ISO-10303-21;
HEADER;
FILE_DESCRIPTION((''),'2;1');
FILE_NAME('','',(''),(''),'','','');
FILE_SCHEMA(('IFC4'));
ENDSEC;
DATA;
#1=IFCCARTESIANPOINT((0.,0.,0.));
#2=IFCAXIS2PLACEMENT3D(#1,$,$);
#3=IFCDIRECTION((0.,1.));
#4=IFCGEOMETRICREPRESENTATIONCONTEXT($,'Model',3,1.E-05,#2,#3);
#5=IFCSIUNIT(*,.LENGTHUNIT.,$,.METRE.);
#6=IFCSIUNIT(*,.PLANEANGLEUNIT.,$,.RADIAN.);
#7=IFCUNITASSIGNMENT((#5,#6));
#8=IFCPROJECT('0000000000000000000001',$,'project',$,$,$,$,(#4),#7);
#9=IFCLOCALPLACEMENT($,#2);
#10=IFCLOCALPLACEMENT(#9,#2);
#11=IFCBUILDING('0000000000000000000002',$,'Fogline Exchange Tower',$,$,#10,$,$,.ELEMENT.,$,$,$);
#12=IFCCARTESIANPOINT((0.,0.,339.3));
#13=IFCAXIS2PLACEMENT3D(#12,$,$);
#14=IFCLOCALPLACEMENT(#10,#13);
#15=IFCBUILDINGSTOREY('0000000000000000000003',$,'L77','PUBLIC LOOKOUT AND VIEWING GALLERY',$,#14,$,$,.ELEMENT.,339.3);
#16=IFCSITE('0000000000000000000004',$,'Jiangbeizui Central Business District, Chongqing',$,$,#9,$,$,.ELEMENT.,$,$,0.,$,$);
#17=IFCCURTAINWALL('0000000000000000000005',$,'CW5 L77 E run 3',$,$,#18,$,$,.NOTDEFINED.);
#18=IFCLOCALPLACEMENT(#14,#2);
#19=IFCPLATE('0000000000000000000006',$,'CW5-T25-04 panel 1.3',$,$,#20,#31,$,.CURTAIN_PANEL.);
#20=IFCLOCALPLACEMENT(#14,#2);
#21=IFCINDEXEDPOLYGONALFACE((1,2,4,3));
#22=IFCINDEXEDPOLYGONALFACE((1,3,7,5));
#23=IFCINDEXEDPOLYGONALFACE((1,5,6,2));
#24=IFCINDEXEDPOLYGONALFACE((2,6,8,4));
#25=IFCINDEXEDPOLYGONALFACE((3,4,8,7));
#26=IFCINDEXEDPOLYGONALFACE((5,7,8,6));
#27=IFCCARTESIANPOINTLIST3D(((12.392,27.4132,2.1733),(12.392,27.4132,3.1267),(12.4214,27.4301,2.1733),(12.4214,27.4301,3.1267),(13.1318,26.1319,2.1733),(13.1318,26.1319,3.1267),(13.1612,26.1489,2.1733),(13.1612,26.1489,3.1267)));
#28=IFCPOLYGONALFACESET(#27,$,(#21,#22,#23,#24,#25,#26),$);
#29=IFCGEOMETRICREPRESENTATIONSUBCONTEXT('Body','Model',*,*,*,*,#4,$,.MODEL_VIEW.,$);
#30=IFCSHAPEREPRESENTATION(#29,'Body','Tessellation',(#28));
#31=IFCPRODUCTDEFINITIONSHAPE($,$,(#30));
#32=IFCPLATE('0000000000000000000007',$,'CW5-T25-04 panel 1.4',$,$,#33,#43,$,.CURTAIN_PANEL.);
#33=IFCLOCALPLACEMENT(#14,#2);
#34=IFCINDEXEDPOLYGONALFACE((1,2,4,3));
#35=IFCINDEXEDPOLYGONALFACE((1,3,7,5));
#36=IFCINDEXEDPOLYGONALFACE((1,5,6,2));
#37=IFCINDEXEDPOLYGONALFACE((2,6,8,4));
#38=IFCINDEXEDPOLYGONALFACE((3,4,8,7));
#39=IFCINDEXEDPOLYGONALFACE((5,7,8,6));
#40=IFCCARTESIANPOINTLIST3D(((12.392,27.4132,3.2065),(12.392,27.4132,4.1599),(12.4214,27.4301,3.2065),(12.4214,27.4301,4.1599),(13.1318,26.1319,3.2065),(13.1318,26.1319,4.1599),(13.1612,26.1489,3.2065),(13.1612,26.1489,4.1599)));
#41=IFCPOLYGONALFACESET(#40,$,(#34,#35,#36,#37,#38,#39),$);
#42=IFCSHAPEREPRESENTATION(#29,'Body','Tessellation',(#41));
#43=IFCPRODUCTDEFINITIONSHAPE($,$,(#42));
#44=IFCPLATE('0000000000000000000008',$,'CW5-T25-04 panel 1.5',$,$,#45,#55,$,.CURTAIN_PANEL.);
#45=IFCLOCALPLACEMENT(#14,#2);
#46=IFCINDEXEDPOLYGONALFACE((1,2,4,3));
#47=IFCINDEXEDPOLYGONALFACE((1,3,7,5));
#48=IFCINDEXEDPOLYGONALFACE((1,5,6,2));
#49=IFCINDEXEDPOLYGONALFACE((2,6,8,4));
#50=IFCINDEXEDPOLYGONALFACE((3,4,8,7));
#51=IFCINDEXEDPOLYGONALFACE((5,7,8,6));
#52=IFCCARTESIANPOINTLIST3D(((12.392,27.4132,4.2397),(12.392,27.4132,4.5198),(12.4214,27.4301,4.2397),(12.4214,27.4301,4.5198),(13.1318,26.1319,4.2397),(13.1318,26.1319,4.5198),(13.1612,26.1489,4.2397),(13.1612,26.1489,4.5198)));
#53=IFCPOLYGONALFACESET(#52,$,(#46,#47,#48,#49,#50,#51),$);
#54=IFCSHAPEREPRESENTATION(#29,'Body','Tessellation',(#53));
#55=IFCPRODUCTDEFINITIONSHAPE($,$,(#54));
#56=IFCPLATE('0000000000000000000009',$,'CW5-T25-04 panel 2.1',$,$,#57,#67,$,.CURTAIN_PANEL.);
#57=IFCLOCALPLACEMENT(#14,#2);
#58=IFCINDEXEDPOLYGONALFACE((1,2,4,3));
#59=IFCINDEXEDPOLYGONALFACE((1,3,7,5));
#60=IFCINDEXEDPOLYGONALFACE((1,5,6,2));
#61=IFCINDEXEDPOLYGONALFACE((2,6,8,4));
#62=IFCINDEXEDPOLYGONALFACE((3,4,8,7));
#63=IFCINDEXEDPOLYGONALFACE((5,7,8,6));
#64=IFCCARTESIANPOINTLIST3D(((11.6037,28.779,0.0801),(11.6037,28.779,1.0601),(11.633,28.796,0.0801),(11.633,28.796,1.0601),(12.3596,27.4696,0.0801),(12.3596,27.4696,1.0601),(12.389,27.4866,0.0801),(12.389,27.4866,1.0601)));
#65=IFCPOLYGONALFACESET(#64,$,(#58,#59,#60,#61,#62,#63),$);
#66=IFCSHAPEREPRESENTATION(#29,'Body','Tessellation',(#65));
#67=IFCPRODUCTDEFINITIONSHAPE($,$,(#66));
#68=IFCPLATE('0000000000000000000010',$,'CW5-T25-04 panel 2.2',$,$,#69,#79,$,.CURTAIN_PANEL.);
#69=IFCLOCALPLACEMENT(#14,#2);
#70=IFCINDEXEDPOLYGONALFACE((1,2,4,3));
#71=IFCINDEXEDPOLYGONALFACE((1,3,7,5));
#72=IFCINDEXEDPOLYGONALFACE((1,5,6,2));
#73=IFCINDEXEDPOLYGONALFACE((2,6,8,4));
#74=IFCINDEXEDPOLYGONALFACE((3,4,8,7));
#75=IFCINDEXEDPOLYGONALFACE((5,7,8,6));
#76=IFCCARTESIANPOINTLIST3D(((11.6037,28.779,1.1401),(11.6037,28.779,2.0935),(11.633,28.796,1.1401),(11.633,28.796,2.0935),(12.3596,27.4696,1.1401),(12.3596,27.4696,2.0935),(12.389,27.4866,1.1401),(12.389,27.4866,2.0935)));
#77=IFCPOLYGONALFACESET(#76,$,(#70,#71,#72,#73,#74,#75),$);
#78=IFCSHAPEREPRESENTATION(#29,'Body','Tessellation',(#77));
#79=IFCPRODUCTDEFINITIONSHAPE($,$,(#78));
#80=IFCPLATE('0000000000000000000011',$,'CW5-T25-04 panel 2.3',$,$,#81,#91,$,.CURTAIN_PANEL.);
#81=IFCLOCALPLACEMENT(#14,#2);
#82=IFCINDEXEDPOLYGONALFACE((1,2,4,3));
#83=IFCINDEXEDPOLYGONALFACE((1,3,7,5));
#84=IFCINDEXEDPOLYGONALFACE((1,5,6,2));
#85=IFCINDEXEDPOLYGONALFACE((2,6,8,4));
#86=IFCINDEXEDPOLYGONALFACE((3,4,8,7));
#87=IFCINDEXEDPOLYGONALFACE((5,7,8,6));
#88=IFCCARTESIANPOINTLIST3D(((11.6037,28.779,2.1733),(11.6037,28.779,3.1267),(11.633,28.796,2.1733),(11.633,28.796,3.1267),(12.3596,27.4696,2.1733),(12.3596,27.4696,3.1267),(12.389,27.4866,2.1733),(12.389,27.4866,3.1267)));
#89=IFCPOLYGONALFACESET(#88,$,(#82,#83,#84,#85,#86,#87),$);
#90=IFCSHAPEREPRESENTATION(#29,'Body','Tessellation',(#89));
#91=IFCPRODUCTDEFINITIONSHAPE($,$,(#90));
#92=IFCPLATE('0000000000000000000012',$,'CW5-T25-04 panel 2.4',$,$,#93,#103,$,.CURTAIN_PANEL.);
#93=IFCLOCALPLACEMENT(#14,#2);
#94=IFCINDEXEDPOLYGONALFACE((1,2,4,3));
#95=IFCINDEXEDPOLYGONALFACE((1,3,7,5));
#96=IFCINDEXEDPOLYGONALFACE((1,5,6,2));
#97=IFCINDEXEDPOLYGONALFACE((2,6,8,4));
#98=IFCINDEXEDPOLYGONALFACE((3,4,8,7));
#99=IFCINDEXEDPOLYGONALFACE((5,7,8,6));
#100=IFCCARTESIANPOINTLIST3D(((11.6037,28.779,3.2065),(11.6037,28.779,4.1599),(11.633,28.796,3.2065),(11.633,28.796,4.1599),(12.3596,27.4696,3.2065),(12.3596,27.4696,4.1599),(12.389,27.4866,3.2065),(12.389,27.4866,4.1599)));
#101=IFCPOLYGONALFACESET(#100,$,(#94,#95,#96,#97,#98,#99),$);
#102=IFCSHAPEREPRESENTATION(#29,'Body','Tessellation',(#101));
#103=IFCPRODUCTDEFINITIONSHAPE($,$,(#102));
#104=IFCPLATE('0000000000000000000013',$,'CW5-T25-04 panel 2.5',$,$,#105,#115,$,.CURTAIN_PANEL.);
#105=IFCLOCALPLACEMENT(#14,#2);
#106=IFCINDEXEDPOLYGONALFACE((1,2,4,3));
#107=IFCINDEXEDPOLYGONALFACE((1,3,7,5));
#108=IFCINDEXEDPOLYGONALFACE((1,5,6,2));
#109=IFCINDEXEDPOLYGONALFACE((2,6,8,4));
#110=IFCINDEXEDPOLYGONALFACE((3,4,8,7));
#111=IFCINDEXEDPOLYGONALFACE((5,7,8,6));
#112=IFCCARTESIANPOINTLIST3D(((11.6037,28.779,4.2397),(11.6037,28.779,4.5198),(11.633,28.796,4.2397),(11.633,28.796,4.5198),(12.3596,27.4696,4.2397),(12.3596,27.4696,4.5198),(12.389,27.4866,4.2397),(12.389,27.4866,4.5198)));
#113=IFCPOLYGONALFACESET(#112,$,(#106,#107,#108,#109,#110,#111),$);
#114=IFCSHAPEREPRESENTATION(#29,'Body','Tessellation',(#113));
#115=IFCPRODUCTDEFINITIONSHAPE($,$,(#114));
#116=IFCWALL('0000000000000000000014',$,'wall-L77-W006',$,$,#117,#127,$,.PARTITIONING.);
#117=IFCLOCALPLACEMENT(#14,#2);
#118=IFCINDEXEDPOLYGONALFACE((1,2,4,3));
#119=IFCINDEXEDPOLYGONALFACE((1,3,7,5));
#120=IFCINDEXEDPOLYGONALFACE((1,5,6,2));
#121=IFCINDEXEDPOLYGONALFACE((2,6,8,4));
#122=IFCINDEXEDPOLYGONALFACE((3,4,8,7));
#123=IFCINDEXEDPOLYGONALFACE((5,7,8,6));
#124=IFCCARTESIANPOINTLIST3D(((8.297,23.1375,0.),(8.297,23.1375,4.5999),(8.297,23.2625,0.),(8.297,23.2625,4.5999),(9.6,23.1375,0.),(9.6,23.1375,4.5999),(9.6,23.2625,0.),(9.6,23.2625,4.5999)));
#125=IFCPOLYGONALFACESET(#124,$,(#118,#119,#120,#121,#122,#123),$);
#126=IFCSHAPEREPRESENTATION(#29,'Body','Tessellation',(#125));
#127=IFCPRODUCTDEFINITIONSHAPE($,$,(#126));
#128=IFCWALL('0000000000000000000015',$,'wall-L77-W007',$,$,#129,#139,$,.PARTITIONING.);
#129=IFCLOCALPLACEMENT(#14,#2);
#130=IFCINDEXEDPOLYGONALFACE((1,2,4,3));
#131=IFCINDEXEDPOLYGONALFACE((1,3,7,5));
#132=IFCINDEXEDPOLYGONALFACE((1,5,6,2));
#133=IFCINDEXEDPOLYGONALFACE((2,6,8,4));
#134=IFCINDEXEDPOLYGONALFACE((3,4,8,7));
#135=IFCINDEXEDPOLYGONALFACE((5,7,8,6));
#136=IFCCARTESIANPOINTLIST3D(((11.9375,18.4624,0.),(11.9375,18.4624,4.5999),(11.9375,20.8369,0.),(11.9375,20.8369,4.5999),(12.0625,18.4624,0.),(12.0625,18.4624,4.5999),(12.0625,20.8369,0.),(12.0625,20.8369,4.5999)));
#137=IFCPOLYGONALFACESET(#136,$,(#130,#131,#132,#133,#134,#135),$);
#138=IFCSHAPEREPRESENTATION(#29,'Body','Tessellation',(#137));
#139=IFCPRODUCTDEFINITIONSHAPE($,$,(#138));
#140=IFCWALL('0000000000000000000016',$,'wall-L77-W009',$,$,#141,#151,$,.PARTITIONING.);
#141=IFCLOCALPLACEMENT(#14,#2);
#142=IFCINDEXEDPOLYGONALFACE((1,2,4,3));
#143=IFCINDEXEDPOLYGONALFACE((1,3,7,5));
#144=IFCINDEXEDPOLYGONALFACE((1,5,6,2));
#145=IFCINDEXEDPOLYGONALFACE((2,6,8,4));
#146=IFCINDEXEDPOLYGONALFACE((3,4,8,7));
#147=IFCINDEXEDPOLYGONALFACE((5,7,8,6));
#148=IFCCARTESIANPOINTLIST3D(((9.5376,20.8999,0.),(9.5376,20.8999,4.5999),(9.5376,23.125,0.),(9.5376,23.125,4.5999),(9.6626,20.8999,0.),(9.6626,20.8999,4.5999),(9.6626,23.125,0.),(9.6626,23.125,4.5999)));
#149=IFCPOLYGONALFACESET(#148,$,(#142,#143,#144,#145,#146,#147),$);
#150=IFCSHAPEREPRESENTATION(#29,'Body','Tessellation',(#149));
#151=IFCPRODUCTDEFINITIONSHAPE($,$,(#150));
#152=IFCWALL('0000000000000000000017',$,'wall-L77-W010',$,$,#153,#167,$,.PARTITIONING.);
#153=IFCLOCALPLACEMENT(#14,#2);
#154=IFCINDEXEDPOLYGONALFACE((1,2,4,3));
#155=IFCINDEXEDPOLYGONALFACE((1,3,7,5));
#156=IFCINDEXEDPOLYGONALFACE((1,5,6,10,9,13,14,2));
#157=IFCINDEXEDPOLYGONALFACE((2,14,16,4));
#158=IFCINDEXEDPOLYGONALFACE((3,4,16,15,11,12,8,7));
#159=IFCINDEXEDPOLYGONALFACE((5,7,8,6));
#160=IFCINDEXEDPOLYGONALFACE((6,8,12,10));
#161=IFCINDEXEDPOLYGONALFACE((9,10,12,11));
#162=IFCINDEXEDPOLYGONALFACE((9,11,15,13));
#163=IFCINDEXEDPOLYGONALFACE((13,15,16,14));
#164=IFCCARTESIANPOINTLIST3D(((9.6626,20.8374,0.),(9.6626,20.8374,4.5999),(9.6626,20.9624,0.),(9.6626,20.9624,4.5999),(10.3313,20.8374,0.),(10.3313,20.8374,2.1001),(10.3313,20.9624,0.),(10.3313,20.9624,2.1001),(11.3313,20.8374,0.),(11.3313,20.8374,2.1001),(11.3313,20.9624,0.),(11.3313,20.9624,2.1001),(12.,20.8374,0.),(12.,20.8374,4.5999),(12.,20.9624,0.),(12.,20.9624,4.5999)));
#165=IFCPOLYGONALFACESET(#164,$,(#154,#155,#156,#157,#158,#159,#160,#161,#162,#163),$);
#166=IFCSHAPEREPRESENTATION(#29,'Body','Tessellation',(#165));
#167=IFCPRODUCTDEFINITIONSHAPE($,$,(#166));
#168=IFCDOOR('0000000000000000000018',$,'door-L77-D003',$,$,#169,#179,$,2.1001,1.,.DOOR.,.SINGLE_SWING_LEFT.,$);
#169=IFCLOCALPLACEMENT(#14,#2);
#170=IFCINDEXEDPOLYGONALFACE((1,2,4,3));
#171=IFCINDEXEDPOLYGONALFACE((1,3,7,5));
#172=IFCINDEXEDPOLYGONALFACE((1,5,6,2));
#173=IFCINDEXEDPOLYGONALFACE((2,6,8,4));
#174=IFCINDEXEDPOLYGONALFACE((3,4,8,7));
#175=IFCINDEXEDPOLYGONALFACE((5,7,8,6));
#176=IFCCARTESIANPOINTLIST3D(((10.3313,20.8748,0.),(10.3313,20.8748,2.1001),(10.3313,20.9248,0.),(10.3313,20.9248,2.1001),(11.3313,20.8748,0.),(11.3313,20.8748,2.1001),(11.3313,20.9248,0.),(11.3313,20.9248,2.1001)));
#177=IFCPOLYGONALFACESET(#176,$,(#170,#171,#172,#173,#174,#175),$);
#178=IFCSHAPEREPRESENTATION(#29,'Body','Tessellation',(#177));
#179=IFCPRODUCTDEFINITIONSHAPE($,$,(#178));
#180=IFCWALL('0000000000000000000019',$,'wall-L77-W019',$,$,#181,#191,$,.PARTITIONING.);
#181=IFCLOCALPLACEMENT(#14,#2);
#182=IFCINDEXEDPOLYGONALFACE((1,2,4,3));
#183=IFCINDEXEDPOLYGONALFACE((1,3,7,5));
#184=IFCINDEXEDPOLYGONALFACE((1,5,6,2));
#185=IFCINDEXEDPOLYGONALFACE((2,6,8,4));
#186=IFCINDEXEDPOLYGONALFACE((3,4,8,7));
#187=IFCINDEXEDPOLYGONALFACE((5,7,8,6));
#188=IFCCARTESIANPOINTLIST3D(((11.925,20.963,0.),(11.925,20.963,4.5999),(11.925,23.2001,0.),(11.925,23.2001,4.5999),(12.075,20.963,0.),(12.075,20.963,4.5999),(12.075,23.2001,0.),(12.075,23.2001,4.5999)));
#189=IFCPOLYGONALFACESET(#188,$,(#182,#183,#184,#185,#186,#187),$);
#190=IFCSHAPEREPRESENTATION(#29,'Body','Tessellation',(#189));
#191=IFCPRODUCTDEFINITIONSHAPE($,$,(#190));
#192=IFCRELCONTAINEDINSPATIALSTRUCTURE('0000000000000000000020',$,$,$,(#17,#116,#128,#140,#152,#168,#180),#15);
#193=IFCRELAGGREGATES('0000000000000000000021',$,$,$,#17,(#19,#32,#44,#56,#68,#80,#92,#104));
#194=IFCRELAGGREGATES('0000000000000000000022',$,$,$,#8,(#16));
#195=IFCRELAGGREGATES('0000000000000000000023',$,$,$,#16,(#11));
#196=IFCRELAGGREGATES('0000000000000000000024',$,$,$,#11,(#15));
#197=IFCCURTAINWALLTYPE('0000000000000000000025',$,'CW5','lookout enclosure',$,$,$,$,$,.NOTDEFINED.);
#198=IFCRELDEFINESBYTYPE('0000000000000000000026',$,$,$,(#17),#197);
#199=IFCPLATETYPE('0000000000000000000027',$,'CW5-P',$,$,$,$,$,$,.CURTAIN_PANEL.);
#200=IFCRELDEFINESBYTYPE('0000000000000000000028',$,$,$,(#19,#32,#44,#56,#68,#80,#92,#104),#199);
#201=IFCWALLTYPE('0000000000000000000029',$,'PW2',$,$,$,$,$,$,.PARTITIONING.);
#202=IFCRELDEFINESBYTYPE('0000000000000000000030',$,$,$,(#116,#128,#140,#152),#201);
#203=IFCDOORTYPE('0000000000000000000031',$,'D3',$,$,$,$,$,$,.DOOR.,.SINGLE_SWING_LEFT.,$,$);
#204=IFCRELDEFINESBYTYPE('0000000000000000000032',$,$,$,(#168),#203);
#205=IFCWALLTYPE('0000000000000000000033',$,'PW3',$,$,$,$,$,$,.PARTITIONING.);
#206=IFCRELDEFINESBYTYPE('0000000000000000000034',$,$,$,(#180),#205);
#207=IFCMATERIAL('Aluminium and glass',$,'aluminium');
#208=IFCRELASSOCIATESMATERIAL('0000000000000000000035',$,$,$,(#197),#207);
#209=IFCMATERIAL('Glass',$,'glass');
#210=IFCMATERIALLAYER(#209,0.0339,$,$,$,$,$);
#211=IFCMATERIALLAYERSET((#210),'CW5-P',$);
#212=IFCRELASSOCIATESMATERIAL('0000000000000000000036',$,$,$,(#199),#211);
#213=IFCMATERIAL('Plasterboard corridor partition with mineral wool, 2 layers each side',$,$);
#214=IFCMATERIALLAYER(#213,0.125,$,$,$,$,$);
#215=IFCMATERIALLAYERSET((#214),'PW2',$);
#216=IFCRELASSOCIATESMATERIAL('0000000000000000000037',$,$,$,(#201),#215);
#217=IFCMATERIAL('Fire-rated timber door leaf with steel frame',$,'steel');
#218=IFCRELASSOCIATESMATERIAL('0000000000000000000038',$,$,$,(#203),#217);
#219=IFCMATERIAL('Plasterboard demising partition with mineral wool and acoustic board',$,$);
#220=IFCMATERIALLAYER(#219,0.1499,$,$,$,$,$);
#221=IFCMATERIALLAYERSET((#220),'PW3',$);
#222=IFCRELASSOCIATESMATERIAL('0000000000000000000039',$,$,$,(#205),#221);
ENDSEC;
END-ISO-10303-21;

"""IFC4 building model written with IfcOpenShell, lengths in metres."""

from ifc_helpers import new_model, si_unit, direction, frame, frame_2d, origin, origin_2d, place, context, subcontext, project, spatial, rectangle, extrude, material, layer, layer_set, type_object, element, fill, aggregate, save


model = new_model("IFC4")

# Units and contexts
model_context = context("Model", 3, precision=1e-05, world=origin(), true_north=direction((0.0, 1.0)))
body_context = subcontext(model_context, "Body", "Model", "MODEL_VIEW")
ifc_project = project(units=[si_unit("LENGTHUNIT", "METRE"), si_unit("PLANEANGLEUNIT", "RADIAN")], contexts=[model_context])

# Site, building, storey
site_placement = place(None, origin())
site = spatial("IfcSite", under=ifc_project, at=site_placement, Name="Jiangbeizui Central Business District, Chongqing", CompositionType="ELEMENT", RefElevation=0.0)
building_placement = place(site_placement, origin())
building = spatial("IfcBuilding", under=site, at=building_placement, Name="Fogline Exchange Tower", CompositionType="ELEMENT")
storey_placement = place(building_placement, frame((0.0, 0.0, 339.3)))
storey = spatial("IfcBuildingStorey", under=building, at=storey_placement, Name="L77", Description="PUBLIC LOOKOUT AND VIEWING GALLERY", CompositionType="ELEMENT", Elevation=339.3)

# Curtain wall, plates
ifc_material_1 = material(Name="Aluminium and glass", Category="aluminium")
curtain_wall_type = type_object("IfcCurtainWallType", Name="CW5", Description="lookout enclosure", PredefinedType="NOTDEFINED", material=ifc_material_1)
curtain_wall_placement = place(storey_placement, origin())
curtain_wall = element("IfcCurtainWall", 1, at=curtain_wall_placement, inside=storey, type_object=curtain_wall_type, Name="CW5 L77 E run 3", PredefinedType="NOTDEFINED")
ifc_material_2 = material(Name="Glass", Category="glass")
ifc_layer_1 = layer(ifc_material_2, 0.0339)
ifc_layer_set_1 = layer_set([ifc_layer_1], Name="CW5-P")
plate_type = type_object("IfcPlateType", Name="CW5-P", PredefinedType="CURTAIN_PANEL", material=ifc_layer_set_1)
plate_1_placement = place(storey_placement, frame((12.7766, 26.781, 2.1733), z_axis=(0.0, 0.0, 1.0), x_axis=(-0.5, 0.866025, 0.0)))
plate_1 = element("IfcPlate", 2, at=plate_1_placement, type_object=plate_type, Name="CW5-T25-04 panel 1.3", PredefinedType="CURTAIN_PANEL", context=body_context, shape_type="SweptSolid", body=[
    extrude(rectangle(XDim=1.4795, YDim=0.0339, at=origin_2d()), origin(), (0.0, 0.0, 1.0), 0.9534),
])
plate_2_placement = place(storey_placement, frame((12.7766, 26.781, 3.2065), z_axis=(0.0, 0.0, 1.0), x_axis=(-0.5, 0.866025, 0.0)))
plate_2 = element("IfcPlate", 3, at=plate_2_placement, type_object=plate_type, Name="CW5-T25-04 panel 1.4", PredefinedType="CURTAIN_PANEL", context=body_context, shape_type="SweptSolid", body=[
    extrude(rectangle(XDim=1.4795, YDim=0.0339, at=origin_2d()), origin(), (0.0, 0.0, 1.0), 0.9534),
])
plate_3_placement = place(storey_placement, frame((12.7766, 26.781, 4.2397), z_axis=(0.0, 0.0, 1.0), x_axis=(-0.5, 0.866025, 0.0)))
plate_3 = element("IfcPlate", 4, at=plate_3_placement, type_object=plate_type, Name="CW5-T25-04 panel 1.5", PredefinedType="CURTAIN_PANEL", context=body_context, shape_type="SweptSolid", body=[
    extrude(rectangle(XDim=1.4795, YDim=0.0339, at=origin_2d()), origin(), (0.0, 0.0, 1.0), 0.28),
])
plate_4_placement = place(storey_placement, frame((11.9963, 28.1328, 0.0801), z_axis=(0.0, 0.0, 1.0), x_axis=(-0.5, 0.866025, 0.0)))
plate_4 = element("IfcPlate", 5, at=plate_4_placement, type_object=plate_type, Name="CW5-T25-04 panel 2.1", PredefinedType="CURTAIN_PANEL", context=body_context, shape_type="SweptSolid", body=[
    extrude(rectangle(XDim=1.512, YDim=0.0339, at=origin_2d()), origin(), (0.0, 0.0, 1.0), 0.98),
])
plate_5_placement = place(storey_placement, frame((11.9963, 28.1328, 1.1401), z_axis=(0.0, 0.0, 1.0), x_axis=(-0.5, 0.866025, 0.0)))
plate_5 = element("IfcPlate", 6, at=plate_5_placement, type_object=plate_type, Name="CW5-T25-04 panel 2.2", PredefinedType="CURTAIN_PANEL", context=body_context, shape_type="SweptSolid", body=[
    extrude(rectangle(XDim=1.512, YDim=0.0339, at=origin_2d()), origin(), (0.0, 0.0, 1.0), 0.9534),
])
plate_6_placement = place(storey_placement, frame((11.9963, 28.1328, 2.1733), z_axis=(0.0, 0.0, 1.0), x_axis=(-0.5, 0.866025, 0.0)))
plate_6 = element("IfcPlate", 7, at=plate_6_placement, type_object=plate_type, Name="CW5-T25-04 panel 2.3", PredefinedType="CURTAIN_PANEL", context=body_context, shape_type="SweptSolid", body=[
    extrude(rectangle(XDim=1.512, YDim=0.0339, at=origin_2d()), origin(), (0.0, 0.0, 1.0), 0.9534),
])
plate_7_placement = place(storey_placement, frame((11.9963, 28.1328, 3.2065), z_axis=(0.0, 0.0, 1.0), x_axis=(-0.5, 0.866025, 0.0)))
plate_7 = element("IfcPlate", 8, at=plate_7_placement, type_object=plate_type, Name="CW5-T25-04 panel 2.4", PredefinedType="CURTAIN_PANEL", context=body_context, shape_type="SweptSolid", body=[
    extrude(rectangle(XDim=1.512, YDim=0.0339, at=origin_2d()), origin(), (0.0, 0.0, 1.0), 0.9534),
])
plate_8_placement = place(storey_placement, frame((11.9963, 28.1328, 4.2397), z_axis=(0.0, 0.0, 1.0), x_axis=(-0.5, 0.866025, 0.0)))
plate_8 = element("IfcPlate", 9, at=plate_8_placement, type_object=plate_type, Name="CW5-T25-04 panel 2.5", PredefinedType="CURTAIN_PANEL", context=body_context, shape_type="SweptSolid", body=[
    extrude(rectangle(XDim=1.512, YDim=0.0339, at=origin_2d()), origin(), (0.0, 0.0, 1.0), 0.28),
])
aggregate(curtain_wall, [plate_1, plate_2, plate_3, plate_4, plate_5, plate_6, plate_7, plate_8])

# Walls
ifc_material_3 = material(Name="Plasterboard corridor partition with mineral wool, 2 layers each side")
ifc_layer_2 = layer(ifc_material_3, 0.125)
ifc_layer_set_2 = layer_set([ifc_layer_2], Name="PW2")
wall_type_1 = type_object("IfcWallType", Name="PW2", PredefinedType="PARTITIONING", material=ifc_layer_set_2)
wall_1_placement = place(storey_placement, frame((8.2971, 23.2, 0.0), z_axis=(0.0, 0.0, 1.0), x_axis=(1.0, 0.0, 0.0)))
element("IfcWall", 10, at=wall_1_placement, inside=storey, type_object=wall_type_1, Name="wall-L77-W006", PredefinedType="PARTITIONING", context=body_context, shape_type="SweptSolid", body=[
    extrude(rectangle(XDim=1.303, YDim=0.125, at=frame_2d((0.6514, 0.0))), origin(), (0.0, 0.0, 1.0), 4.5999),
])
wall_2_placement = place(storey_placement, frame((12.0, 20.8369, 0.0), z_axis=(0.0, 0.0, 1.0), x_axis=(0.0, -1.0, 0.0)))
element("IfcWall", 11, at=wall_2_placement, inside=storey, type_object=wall_type_1, Name="wall-L77-W007", PredefinedType="PARTITIONING", context=body_context, shape_type="SweptSolid", body=[
    extrude(rectangle(XDim=2.3745, YDim=0.125, at=frame_2d((1.1873, 0.0))), origin(), (0.0, 0.0, 1.0), 4.5999),
])
wall_3_placement = place(storey_placement, frame((9.6001, 23.125, 0.0), z_axis=(0.0, 0.0, 1.0), x_axis=(0.0, -1.0, 0.0)))
element("IfcWall", 12, at=wall_3_placement, inside=storey, type_object=wall_type_1, Name="wall-L77-W009", PredefinedType="PARTITIONING", context=body_context, shape_type="SweptSolid", body=[
    extrude(rectangle(XDim=2.2251, YDim=0.125, at=frame_2d((1.1125, 0.0))), origin(), (0.0, 0.0, 1.0), 4.5999),
])

# Wall, opening, door
wall_4_placement = place(storey_placement, frame((9.6626, 20.8999, 0.0), z_axis=(0.0, 0.0, 1.0), x_axis=(1.0, 0.0, 0.0)))
wall_4 = element("IfcWall", 13, at=wall_4_placement, inside=storey, type_object=wall_type_1, Name="wall-L77-W010", PredefinedType="PARTITIONING", context=body_context, shape_type="SweptSolid", body=[
    extrude(rectangle(XDim=2.3374, YDim=0.125, at=frame_2d((1.1687, 0.0))), origin(), (0.0, 0.0, 1.0), 4.5999),
])
opening_1_placement = place(wall_4_placement, frame((0.6687, 0.0, 0.0)))
opening_1 = element("IfcOpeningElement", 14, at=opening_1_placement, cuts=wall_4, PredefinedType="OPENING", context=body_context, shape_type="SweptSolid", body=[
    extrude(rectangle(XDim=1.0, YDim=2.1001, at=frame_2d((0.5, 1.05))), frame((0.0, 0.0725, 0.0), z_axis=(0.0, -1.0, 0.0), x_axis=(1.0, 0.0, 0.0)), (0.0, 0.0, 1.0), 0.145),
])
ifc_material_4 = material(Name="Fire-rated timber door leaf with steel frame", Category="steel")
door_type = type_object("IfcDoorType", Name="D3", OperationType="SINGLE_SWING_LEFT", PredefinedType="DOOR", material=ifc_material_4)
door_1_placement = place(opening_1_placement, origin())
door_1 = element("IfcDoor", 15, at=door_1_placement, inside=storey, type_object=door_type, Name="door-L77-D003", OperationType="SINGLE_SWING_LEFT", OverallHeight=2.1001, OverallWidth=1.0, PredefinedType="DOOR", context=body_context, shape_type="SweptSolid", body=[
    extrude(rectangle(XDim=1.0, YDim=2.1001, at=frame_2d((0.5, 1.05))), frame((0.0, 0.0249, 0.0), z_axis=(0.0, -1.0, 0.0), x_axis=(1.0, 0.0, 0.0)), (0.0, 0.0, 1.0), 0.05),
])
fill(opening_1, door_1)

# Wall
ifc_material_5 = material(Name="Plasterboard demising partition with mineral wool and acoustic board")
ifc_layer_3 = layer(ifc_material_5, 0.1499)
ifc_layer_set_3 = layer_set([ifc_layer_3], Name="PW3")
wall_type_2 = type_object("IfcWallType", Name="PW3", PredefinedType="PARTITIONING", material=ifc_layer_set_3)
wall_5_placement = place(storey_placement, frame((12.0, 20.9629, 0.0), z_axis=(0.0, 0.0, 1.0), x_axis=(0.0, 1.0, 0.0)))
element("IfcWall", 16, at=wall_5_placement, inside=storey, type_object=wall_type_2, Name="wall-L77-W019", PredefinedType="PARTITIONING", context=body_context, shape_type="SweptSolid", body=[
    extrude(rectangle(XDim=2.2371, YDim=0.1499, at=frame_2d((1.1187, 0.0))), origin(), (0.0, 0.0, 1.0), 4.5999),
])

save(model, "model.ifc")
